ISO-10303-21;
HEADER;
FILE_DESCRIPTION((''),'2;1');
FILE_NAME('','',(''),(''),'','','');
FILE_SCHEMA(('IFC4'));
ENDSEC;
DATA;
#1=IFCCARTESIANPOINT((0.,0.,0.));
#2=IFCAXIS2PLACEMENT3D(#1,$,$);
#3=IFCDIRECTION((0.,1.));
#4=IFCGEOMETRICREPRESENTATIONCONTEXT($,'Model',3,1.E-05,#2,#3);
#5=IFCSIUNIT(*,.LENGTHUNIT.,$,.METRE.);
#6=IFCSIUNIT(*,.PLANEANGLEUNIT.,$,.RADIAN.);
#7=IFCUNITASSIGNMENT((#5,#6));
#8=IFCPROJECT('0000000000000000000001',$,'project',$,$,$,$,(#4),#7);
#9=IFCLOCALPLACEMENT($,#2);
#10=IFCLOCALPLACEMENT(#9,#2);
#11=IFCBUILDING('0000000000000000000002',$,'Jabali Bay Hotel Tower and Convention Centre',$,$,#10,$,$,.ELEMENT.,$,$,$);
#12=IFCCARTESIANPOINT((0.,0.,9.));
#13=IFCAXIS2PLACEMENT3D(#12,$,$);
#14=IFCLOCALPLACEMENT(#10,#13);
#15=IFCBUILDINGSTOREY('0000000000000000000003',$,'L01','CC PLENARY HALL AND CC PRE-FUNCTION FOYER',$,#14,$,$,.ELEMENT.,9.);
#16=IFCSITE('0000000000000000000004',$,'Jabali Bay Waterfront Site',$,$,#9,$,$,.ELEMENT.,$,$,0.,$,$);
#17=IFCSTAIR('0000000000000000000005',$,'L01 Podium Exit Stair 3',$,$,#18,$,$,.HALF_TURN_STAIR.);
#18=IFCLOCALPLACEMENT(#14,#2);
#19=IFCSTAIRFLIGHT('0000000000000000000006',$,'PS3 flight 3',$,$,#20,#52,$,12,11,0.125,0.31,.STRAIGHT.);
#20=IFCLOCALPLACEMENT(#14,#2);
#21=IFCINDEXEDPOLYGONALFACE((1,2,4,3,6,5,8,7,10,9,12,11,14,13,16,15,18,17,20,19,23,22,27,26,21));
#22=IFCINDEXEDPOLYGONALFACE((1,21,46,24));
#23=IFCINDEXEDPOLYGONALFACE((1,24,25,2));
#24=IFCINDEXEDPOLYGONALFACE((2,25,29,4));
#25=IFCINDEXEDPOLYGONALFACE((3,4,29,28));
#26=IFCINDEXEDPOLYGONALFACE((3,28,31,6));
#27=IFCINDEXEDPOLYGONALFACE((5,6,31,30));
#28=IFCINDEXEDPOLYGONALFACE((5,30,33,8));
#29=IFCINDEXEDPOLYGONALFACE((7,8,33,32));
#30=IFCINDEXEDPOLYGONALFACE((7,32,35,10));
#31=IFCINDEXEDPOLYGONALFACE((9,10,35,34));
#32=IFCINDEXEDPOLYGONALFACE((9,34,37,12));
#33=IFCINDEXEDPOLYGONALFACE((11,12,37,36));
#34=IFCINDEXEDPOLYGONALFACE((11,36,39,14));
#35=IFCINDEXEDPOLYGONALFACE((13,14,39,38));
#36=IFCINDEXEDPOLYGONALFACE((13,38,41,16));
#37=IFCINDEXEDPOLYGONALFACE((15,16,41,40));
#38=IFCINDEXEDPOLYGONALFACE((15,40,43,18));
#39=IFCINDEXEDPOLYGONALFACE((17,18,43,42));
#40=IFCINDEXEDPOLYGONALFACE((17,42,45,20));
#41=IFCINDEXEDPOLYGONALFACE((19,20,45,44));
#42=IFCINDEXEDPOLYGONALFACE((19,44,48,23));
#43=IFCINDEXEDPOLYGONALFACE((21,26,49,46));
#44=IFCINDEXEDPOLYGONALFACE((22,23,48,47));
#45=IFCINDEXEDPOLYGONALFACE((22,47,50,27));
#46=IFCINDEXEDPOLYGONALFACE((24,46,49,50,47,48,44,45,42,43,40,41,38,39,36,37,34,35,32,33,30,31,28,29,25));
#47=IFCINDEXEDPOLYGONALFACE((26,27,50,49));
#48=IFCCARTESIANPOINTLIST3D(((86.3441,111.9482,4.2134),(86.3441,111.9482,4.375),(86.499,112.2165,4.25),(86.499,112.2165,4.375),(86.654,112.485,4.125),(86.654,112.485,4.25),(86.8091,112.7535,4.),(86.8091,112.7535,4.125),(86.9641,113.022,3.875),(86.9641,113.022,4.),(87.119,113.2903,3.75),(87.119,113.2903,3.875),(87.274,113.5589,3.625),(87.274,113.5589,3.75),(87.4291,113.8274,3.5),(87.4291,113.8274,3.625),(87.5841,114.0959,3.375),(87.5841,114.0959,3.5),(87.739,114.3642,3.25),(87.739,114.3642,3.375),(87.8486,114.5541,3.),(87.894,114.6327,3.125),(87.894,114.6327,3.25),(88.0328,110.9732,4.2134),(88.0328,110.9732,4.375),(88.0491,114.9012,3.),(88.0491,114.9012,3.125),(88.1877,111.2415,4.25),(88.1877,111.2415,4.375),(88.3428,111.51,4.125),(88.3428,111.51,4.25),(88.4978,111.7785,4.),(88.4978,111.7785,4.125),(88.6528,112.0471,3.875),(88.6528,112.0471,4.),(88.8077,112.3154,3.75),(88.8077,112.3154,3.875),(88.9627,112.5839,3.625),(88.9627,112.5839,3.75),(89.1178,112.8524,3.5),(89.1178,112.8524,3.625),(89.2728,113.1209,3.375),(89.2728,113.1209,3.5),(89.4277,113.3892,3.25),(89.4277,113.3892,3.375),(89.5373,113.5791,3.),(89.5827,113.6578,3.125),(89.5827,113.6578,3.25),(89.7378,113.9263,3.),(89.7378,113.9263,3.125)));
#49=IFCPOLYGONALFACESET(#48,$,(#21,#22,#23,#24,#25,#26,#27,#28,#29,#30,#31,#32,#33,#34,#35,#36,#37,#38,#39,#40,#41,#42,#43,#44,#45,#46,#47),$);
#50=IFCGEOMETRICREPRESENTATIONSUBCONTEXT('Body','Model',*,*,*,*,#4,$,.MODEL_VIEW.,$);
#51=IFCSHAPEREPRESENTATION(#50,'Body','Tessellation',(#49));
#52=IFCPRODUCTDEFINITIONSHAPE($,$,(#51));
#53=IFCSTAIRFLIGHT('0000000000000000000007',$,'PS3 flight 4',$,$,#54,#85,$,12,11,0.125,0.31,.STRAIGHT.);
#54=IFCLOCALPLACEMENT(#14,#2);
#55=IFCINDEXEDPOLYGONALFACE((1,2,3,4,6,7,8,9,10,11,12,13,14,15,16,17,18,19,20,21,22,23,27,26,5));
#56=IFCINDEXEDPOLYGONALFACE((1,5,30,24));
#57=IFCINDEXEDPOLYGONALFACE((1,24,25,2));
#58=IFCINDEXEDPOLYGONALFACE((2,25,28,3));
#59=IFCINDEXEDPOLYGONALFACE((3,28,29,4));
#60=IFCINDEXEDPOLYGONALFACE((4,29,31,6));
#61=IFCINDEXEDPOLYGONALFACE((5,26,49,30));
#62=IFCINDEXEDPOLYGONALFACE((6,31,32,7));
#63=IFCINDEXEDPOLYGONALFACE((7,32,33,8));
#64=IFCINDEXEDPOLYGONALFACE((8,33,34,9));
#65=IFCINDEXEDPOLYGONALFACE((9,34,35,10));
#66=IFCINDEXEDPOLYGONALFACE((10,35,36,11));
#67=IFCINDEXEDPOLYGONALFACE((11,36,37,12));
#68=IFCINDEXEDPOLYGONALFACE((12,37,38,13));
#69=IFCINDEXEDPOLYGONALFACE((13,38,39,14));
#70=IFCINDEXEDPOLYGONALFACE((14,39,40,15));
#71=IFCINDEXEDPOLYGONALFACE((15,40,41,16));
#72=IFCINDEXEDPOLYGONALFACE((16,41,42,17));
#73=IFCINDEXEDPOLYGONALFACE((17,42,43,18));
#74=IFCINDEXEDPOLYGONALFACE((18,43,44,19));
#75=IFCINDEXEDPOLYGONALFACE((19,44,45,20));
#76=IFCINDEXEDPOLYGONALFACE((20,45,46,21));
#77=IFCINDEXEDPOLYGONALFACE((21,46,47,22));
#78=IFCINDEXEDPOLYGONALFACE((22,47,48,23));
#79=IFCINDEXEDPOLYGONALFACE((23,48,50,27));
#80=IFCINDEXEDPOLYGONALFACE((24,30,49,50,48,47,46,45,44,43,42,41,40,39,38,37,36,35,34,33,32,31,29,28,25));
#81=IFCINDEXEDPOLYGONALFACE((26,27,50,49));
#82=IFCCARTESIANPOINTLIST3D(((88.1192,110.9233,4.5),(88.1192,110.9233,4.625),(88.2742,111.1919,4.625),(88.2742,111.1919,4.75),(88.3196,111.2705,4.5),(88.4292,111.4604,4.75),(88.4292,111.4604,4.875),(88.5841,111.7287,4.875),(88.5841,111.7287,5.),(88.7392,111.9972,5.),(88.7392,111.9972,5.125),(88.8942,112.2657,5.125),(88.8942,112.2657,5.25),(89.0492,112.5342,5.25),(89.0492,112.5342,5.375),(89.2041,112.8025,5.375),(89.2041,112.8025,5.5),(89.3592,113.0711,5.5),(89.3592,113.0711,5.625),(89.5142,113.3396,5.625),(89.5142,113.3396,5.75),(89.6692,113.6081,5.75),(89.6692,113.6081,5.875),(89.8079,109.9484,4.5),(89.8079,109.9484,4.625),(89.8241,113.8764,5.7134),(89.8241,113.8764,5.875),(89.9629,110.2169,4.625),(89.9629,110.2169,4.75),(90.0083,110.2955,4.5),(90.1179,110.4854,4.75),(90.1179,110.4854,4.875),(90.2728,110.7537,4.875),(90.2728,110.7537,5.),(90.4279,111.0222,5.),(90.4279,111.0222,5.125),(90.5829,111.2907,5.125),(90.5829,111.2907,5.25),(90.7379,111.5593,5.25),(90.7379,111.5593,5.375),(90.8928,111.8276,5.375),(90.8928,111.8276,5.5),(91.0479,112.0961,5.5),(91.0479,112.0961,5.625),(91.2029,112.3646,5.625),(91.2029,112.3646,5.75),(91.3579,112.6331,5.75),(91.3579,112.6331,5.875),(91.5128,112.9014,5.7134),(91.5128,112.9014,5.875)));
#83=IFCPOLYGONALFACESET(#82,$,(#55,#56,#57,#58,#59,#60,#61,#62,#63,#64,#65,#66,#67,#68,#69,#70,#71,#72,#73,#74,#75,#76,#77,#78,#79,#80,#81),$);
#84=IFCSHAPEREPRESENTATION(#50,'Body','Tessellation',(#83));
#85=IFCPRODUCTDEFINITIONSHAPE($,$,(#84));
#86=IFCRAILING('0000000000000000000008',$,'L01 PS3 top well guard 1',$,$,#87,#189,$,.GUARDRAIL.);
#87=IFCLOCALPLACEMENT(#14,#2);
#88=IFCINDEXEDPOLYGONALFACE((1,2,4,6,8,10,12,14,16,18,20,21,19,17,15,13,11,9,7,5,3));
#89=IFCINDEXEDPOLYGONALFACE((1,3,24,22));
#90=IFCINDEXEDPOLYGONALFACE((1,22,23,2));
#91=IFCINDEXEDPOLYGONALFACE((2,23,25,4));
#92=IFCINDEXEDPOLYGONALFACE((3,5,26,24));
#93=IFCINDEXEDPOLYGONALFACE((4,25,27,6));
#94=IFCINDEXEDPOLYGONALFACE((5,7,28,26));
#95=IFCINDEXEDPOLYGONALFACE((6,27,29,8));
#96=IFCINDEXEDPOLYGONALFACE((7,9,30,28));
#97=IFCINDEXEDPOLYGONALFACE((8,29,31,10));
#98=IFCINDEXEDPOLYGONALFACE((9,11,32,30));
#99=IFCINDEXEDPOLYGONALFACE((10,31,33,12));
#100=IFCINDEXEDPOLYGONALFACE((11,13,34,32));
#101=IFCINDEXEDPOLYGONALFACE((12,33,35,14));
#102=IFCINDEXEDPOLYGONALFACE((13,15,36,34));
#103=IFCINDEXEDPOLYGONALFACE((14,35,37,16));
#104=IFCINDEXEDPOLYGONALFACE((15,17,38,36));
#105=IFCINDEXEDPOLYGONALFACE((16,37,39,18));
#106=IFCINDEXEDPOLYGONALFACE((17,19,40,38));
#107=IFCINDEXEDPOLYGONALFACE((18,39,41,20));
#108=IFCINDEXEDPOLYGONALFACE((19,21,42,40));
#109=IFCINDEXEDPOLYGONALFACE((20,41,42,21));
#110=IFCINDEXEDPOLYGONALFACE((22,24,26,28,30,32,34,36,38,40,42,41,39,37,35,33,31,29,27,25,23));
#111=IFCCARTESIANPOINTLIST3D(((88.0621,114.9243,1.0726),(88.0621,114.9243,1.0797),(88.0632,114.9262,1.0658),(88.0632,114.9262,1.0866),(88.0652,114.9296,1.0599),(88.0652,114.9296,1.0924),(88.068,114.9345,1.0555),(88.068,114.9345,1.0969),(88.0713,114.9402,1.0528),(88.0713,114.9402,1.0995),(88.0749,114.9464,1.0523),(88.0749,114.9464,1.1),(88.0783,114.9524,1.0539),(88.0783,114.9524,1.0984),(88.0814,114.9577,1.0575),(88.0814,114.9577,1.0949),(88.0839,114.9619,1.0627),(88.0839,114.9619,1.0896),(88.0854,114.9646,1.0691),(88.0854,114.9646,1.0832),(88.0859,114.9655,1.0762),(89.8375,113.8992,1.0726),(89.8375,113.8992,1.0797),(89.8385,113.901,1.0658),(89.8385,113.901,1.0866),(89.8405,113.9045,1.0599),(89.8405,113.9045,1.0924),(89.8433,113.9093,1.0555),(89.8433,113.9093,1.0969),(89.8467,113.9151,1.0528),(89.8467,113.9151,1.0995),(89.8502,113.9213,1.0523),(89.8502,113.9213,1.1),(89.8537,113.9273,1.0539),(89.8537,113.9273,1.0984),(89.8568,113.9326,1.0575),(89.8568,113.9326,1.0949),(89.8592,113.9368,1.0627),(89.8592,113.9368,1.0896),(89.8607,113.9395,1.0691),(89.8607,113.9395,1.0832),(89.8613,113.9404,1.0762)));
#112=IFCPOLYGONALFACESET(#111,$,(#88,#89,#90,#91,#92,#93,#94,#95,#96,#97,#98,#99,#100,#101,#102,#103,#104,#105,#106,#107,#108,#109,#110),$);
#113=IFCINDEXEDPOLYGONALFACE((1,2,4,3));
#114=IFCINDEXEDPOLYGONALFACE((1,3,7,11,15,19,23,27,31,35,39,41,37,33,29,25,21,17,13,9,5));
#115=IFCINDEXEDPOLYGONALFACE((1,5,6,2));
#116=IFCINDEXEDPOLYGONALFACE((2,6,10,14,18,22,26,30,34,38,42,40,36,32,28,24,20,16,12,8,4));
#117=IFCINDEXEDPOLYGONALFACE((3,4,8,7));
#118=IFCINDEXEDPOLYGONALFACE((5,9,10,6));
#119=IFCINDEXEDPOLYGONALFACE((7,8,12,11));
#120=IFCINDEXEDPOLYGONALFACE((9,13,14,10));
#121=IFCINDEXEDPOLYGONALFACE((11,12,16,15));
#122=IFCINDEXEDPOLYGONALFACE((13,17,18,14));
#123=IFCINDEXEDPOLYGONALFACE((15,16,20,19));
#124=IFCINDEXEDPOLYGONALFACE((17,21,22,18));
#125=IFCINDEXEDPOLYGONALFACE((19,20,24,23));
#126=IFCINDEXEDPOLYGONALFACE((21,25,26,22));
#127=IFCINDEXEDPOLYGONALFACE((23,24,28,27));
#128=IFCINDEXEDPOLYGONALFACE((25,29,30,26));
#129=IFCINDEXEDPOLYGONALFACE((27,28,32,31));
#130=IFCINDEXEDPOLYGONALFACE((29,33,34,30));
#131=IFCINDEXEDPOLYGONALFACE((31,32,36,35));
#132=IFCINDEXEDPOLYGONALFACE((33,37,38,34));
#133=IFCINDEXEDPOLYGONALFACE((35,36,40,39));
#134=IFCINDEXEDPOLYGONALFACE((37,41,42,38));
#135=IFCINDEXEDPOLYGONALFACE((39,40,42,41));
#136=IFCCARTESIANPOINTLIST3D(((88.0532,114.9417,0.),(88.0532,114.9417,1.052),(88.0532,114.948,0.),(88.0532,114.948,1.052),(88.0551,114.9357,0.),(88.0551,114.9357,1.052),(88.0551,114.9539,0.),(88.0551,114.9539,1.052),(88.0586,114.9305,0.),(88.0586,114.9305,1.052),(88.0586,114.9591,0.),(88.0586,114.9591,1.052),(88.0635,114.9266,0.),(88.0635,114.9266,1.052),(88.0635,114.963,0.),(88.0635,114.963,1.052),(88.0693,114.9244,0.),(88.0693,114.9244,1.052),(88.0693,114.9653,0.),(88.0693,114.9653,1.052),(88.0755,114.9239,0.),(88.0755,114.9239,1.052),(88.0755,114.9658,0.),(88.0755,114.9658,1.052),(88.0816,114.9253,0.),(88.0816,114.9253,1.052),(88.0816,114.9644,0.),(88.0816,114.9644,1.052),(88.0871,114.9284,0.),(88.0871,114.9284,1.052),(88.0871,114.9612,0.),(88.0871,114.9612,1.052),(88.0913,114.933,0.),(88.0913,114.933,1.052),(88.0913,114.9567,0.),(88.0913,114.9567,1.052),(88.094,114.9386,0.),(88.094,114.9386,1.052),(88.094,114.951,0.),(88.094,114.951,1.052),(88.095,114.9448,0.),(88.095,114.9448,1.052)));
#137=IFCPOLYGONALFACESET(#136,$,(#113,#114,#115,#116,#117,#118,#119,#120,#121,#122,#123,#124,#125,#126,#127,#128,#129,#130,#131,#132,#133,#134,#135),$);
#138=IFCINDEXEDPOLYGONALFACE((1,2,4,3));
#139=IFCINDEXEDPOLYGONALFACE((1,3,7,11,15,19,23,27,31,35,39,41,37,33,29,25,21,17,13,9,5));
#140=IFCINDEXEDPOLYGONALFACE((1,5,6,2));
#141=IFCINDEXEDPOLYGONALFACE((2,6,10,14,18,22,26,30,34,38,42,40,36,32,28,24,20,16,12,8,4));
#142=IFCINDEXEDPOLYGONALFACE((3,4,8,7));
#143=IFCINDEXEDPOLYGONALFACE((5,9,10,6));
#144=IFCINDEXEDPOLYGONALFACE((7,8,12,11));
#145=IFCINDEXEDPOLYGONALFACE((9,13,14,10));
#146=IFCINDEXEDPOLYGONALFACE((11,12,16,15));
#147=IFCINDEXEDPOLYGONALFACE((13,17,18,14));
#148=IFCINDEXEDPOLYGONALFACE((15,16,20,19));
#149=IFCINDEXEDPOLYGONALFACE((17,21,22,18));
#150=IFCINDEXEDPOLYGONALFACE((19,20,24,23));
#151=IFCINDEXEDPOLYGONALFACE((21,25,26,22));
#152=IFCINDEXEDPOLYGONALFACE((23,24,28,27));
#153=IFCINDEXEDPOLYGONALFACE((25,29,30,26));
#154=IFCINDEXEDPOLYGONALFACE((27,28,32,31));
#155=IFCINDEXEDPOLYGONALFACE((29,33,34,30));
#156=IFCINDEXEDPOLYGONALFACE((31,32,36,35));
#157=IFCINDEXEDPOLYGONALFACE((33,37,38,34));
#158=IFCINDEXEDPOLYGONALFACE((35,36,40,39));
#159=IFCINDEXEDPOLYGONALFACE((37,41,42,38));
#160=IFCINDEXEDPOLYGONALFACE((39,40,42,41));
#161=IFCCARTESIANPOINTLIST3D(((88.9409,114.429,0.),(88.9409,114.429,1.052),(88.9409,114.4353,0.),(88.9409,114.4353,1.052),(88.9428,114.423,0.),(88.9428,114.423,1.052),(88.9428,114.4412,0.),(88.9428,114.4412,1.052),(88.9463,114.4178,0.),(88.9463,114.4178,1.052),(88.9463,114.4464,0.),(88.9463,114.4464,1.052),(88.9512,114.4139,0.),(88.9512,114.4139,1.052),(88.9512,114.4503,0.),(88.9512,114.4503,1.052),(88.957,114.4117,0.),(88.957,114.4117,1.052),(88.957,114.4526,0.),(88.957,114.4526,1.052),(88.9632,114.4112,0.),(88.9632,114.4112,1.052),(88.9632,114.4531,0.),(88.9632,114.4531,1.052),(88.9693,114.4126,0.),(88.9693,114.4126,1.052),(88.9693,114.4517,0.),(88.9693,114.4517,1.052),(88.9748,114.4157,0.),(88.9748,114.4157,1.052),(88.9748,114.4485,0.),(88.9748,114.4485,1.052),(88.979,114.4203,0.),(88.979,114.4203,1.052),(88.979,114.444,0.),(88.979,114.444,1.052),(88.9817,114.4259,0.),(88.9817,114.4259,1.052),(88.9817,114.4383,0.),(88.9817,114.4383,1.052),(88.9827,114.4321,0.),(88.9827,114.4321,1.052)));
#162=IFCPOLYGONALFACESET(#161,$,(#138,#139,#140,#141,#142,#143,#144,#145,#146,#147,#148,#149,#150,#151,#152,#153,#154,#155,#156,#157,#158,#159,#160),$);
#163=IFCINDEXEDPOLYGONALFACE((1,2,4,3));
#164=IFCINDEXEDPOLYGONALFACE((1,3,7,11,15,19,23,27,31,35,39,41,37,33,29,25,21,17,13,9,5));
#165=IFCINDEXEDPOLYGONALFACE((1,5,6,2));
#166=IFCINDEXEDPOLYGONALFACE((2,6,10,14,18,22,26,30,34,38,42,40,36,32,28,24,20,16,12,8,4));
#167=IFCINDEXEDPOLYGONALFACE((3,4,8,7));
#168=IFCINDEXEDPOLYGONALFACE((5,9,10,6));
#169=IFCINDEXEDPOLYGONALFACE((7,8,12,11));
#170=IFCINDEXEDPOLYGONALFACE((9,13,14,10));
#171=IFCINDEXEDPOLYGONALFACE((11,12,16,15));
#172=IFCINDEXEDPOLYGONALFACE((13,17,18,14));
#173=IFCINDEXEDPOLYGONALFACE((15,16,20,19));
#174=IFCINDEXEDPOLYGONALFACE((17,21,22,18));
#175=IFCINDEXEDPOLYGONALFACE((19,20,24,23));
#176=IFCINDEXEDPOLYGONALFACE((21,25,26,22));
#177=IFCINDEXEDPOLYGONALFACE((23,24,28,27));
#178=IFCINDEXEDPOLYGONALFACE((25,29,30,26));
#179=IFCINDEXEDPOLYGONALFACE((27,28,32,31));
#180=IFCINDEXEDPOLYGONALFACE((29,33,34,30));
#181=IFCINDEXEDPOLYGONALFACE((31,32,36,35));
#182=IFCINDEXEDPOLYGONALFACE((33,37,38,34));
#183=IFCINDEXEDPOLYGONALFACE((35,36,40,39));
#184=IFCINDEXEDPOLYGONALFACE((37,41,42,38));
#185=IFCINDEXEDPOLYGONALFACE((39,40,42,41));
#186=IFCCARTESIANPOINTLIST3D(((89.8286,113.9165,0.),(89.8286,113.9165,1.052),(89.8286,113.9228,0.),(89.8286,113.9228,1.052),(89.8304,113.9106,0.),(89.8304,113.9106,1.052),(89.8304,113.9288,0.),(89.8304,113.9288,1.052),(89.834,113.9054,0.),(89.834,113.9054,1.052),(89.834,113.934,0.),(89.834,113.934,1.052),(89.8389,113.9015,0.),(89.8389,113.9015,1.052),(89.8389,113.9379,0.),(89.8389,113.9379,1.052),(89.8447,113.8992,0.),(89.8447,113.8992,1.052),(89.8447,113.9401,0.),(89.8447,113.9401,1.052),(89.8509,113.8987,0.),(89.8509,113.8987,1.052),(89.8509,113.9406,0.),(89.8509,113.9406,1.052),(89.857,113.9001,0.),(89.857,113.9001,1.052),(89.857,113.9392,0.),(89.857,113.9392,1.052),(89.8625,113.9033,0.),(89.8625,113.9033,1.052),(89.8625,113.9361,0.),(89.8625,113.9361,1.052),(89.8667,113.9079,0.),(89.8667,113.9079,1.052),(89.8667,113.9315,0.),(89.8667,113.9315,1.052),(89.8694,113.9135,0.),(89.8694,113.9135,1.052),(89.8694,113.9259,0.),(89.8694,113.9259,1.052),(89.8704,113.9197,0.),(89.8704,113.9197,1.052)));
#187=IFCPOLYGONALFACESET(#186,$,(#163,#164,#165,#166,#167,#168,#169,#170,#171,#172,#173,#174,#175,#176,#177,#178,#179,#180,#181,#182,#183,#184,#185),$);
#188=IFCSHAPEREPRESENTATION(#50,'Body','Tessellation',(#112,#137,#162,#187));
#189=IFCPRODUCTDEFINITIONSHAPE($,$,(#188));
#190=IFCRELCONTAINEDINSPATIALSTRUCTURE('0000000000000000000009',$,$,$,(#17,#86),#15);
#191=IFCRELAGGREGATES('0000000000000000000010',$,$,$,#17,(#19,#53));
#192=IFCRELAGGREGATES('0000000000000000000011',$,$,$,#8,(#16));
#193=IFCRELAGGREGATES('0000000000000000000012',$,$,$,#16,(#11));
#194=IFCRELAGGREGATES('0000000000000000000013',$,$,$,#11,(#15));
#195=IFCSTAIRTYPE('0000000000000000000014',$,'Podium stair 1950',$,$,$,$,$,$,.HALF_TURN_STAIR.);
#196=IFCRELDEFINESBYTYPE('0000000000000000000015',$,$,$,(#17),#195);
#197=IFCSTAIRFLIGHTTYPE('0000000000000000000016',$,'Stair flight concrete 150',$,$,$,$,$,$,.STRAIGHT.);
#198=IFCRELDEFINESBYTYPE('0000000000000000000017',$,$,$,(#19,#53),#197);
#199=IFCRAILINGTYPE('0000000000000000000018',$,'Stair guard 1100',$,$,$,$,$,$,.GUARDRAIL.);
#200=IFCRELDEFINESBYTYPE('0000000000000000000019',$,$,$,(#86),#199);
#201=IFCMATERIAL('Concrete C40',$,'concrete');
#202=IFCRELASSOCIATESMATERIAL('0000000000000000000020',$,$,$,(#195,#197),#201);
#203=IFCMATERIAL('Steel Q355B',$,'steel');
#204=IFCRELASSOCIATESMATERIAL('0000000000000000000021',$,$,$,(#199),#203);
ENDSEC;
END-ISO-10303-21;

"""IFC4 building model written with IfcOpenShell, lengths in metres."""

from ifc_helpers import new_model, si_unit, direction, frame, origin, origin_2d, place, context, subcontext, project, spatial, polyline, circle, outline, extrude, material, type_object, element, aggregate, save


model = new_model("IFC4")

# Units and contexts
model_context = context("Model", 3, precision=1e-05, world=origin(), true_north=direction((0.0, 1.0)))
body_context = subcontext(model_context, "Body", "Model", "MODEL_VIEW")
ifc_project = project(units=[si_unit("LENGTHUNIT", "METRE"), si_unit("PLANEANGLEUNIT", "RADIAN")], contexts=[model_context])

# Site, building, storey
site_placement = place(None, origin())
site = spatial("IfcSite", under=ifc_project, at=site_placement, Name="Jabali Bay Waterfront Site", CompositionType="ELEMENT", RefElevation=0.0)
building_placement = place(site_placement, origin())
building = spatial("IfcBuilding", under=site, at=building_placement, Name="Jabali Bay Hotel Tower and Convention Centre", CompositionType="ELEMENT")
storey_placement = place(building_placement, frame((0.0, 0.0, 9.0)))
storey = spatial("IfcBuildingStorey", under=building, at=storey_placement, Name="L01", Description="CC PLENARY HALL AND CC PRE-FUNCTION FOYER", CompositionType="ELEMENT", Elevation=9.0)

# Shared definitions
ifc_material_1 = material(Name="Concrete C40", Category="concrete")

# Stair, stair flights
stair_type = type_object("IfcStairType", Name="Podium stair 1950", PredefinedType="HALF_TURN_STAIR", material=ifc_material_1)
stair_placement = place(storey_placement, origin())
stair = element("IfcStair", 1, at=stair_placement, inside=storey, type_object=stair_type, Name="L01 Podium Exit Stair 3", PredefinedType="HALF_TURN_STAIR")
stair_flight_type = type_object("IfcStairFlightType", Name="Stair flight concrete 150", PredefinedType="STRAIGHT", material=ifc_material_1)
stair_flight_1_placement = place(storey_placement, frame((88.8933, 114.4138, 3.0), z_axis=(0.0, 0.0, 1.0), x_axis=(-0.5, -0.866025, 0.0)))
stair_flight_1 = element("IfcStairFlight", 2, at=stair_flight_1_placement, type_object=stair_flight_type, Name="PS3 flight 3", NumberOfRisers=12, NumberOfTreads=11, PredefinedType="STRAIGHT", RiserHeight=0.125, TreadLength=0.31, context=body_context, shape_type="SweptSolid", body=[
    extrude(outline(polyline([(0.0, 0.0), (0.0, 0.125), (0.3101, 0.125), (0.3101, 0.25), (0.6201, 0.25), (0.6201, 0.375), (0.9299, 0.375), (0.9299, 0.5), (1.24, 0.5), (1.24, 0.625), (1.55, 0.625), (1.55, 0.75), (1.8601, 0.75), (1.8601, 0.875), (2.1699, 0.875), (2.1699, 1.0), (2.48, 1.0), (2.48, 1.125), (2.79, 1.125), (2.79, 1.25), (3.1001, 1.25), (3.1001, 1.375), (3.4099, 1.375), (3.4099, 1.5), (3.4099, 1.2134), (0.4009, 0.0), (0.0, 0.0)])), frame((0.0, 0.9751, 0.0), z_axis=(0.0, -1.0, 0.0), x_axis=(1.0, 0.0, 0.0)), (0.0, 0.0, 1.0), 1.95),
])
stair_flight_2_placement = place(storey_placement, frame((88.9636, 110.4358, 4.5), z_axis=(0.0, 0.0, 1.0), x_axis=(0.5, 0.866025, 0.0)))
stair_flight_2 = element("IfcStairFlight", 3, at=stair_flight_2_placement, type_object=stair_flight_type, Name="PS3 flight 4", NumberOfRisers=12, NumberOfTreads=11, PredefinedType="STRAIGHT", RiserHeight=0.125, TreadLength=0.31, context=body_context, shape_type="SweptSolid", body=[
    extrude(outline(polyline([(0.0, 0.0), (0.0, 0.125), (0.3101, 0.125), (0.3101, 0.25), (0.6201, 0.25), (0.6201, 0.375), (0.9299, 0.375), (0.9299, 0.5), (1.24, 0.5), (1.24, 0.625), (1.55, 0.625), (1.55, 0.75), (1.8601, 0.75), (1.8601, 0.875), (2.1699, 0.875), (2.1699, 1.0), (2.48, 1.0), (2.48, 1.125), (2.79, 1.125), (2.79, 1.25), (3.1001, 1.25), (3.1001, 1.375), (3.4099, 1.375), (3.4099, 1.5), (3.4099, 1.2134), (0.4009, 0.0), (0.0, 0.0)])), frame((0.0, 0.9751, 0.0), z_axis=(0.0, -1.0, 0.0), x_axis=(1.0, 0.0, 0.0)), (0.0, 0.0, 1.0), 1.95),
])
aggregate(stair, [stair_flight_1, stair_flight_2])

# Railing
ifc_material_2 = material(Name="Steel Q355B", Category="steel")
railing_type_1 = type_object("IfcRailingType", Name="Stair guard 1100", PredefinedType="GUARDRAIL", material=ifc_material_2)
railing_1_placement = place(storey_placement, frame((88.074, 114.9448, 0.0)))
element("IfcRailing", 4, at=railing_1_placement, inside=storey, type_object=railing_type_1, Name="L01 PS3 top well guard 1", PredefinedType="GUARDRAIL", context=body_context, shape_type="SweptSolid", body=[
    extrude(circle(Radius=0.0239, at=origin_2d()), frame((0.0, 0.0, 1.0762), z_axis=(0.865999, -0.500045, 0.0), x_axis=(0.500045, 0.865999, 0.0)), (0.0, 0.0, 1.0), 2.05),
    extrude(circle(Radius=0.021, at=origin_2d()), origin(), (0.0, 0.0, 1.0), 1.052),
    extrude(circle(Radius=0.021, at=origin_2d()), frame((0.8877, -0.5127, 0.0)), (0.0, 0.0, 1.0), 1.052),
    extrude(circle(Radius=0.021, at=origin_2d()), frame((1.7754, -1.0251, 0.0)), (0.0, 0.0, 1.0), 1.052),
])

save(model, "model.ifc")
